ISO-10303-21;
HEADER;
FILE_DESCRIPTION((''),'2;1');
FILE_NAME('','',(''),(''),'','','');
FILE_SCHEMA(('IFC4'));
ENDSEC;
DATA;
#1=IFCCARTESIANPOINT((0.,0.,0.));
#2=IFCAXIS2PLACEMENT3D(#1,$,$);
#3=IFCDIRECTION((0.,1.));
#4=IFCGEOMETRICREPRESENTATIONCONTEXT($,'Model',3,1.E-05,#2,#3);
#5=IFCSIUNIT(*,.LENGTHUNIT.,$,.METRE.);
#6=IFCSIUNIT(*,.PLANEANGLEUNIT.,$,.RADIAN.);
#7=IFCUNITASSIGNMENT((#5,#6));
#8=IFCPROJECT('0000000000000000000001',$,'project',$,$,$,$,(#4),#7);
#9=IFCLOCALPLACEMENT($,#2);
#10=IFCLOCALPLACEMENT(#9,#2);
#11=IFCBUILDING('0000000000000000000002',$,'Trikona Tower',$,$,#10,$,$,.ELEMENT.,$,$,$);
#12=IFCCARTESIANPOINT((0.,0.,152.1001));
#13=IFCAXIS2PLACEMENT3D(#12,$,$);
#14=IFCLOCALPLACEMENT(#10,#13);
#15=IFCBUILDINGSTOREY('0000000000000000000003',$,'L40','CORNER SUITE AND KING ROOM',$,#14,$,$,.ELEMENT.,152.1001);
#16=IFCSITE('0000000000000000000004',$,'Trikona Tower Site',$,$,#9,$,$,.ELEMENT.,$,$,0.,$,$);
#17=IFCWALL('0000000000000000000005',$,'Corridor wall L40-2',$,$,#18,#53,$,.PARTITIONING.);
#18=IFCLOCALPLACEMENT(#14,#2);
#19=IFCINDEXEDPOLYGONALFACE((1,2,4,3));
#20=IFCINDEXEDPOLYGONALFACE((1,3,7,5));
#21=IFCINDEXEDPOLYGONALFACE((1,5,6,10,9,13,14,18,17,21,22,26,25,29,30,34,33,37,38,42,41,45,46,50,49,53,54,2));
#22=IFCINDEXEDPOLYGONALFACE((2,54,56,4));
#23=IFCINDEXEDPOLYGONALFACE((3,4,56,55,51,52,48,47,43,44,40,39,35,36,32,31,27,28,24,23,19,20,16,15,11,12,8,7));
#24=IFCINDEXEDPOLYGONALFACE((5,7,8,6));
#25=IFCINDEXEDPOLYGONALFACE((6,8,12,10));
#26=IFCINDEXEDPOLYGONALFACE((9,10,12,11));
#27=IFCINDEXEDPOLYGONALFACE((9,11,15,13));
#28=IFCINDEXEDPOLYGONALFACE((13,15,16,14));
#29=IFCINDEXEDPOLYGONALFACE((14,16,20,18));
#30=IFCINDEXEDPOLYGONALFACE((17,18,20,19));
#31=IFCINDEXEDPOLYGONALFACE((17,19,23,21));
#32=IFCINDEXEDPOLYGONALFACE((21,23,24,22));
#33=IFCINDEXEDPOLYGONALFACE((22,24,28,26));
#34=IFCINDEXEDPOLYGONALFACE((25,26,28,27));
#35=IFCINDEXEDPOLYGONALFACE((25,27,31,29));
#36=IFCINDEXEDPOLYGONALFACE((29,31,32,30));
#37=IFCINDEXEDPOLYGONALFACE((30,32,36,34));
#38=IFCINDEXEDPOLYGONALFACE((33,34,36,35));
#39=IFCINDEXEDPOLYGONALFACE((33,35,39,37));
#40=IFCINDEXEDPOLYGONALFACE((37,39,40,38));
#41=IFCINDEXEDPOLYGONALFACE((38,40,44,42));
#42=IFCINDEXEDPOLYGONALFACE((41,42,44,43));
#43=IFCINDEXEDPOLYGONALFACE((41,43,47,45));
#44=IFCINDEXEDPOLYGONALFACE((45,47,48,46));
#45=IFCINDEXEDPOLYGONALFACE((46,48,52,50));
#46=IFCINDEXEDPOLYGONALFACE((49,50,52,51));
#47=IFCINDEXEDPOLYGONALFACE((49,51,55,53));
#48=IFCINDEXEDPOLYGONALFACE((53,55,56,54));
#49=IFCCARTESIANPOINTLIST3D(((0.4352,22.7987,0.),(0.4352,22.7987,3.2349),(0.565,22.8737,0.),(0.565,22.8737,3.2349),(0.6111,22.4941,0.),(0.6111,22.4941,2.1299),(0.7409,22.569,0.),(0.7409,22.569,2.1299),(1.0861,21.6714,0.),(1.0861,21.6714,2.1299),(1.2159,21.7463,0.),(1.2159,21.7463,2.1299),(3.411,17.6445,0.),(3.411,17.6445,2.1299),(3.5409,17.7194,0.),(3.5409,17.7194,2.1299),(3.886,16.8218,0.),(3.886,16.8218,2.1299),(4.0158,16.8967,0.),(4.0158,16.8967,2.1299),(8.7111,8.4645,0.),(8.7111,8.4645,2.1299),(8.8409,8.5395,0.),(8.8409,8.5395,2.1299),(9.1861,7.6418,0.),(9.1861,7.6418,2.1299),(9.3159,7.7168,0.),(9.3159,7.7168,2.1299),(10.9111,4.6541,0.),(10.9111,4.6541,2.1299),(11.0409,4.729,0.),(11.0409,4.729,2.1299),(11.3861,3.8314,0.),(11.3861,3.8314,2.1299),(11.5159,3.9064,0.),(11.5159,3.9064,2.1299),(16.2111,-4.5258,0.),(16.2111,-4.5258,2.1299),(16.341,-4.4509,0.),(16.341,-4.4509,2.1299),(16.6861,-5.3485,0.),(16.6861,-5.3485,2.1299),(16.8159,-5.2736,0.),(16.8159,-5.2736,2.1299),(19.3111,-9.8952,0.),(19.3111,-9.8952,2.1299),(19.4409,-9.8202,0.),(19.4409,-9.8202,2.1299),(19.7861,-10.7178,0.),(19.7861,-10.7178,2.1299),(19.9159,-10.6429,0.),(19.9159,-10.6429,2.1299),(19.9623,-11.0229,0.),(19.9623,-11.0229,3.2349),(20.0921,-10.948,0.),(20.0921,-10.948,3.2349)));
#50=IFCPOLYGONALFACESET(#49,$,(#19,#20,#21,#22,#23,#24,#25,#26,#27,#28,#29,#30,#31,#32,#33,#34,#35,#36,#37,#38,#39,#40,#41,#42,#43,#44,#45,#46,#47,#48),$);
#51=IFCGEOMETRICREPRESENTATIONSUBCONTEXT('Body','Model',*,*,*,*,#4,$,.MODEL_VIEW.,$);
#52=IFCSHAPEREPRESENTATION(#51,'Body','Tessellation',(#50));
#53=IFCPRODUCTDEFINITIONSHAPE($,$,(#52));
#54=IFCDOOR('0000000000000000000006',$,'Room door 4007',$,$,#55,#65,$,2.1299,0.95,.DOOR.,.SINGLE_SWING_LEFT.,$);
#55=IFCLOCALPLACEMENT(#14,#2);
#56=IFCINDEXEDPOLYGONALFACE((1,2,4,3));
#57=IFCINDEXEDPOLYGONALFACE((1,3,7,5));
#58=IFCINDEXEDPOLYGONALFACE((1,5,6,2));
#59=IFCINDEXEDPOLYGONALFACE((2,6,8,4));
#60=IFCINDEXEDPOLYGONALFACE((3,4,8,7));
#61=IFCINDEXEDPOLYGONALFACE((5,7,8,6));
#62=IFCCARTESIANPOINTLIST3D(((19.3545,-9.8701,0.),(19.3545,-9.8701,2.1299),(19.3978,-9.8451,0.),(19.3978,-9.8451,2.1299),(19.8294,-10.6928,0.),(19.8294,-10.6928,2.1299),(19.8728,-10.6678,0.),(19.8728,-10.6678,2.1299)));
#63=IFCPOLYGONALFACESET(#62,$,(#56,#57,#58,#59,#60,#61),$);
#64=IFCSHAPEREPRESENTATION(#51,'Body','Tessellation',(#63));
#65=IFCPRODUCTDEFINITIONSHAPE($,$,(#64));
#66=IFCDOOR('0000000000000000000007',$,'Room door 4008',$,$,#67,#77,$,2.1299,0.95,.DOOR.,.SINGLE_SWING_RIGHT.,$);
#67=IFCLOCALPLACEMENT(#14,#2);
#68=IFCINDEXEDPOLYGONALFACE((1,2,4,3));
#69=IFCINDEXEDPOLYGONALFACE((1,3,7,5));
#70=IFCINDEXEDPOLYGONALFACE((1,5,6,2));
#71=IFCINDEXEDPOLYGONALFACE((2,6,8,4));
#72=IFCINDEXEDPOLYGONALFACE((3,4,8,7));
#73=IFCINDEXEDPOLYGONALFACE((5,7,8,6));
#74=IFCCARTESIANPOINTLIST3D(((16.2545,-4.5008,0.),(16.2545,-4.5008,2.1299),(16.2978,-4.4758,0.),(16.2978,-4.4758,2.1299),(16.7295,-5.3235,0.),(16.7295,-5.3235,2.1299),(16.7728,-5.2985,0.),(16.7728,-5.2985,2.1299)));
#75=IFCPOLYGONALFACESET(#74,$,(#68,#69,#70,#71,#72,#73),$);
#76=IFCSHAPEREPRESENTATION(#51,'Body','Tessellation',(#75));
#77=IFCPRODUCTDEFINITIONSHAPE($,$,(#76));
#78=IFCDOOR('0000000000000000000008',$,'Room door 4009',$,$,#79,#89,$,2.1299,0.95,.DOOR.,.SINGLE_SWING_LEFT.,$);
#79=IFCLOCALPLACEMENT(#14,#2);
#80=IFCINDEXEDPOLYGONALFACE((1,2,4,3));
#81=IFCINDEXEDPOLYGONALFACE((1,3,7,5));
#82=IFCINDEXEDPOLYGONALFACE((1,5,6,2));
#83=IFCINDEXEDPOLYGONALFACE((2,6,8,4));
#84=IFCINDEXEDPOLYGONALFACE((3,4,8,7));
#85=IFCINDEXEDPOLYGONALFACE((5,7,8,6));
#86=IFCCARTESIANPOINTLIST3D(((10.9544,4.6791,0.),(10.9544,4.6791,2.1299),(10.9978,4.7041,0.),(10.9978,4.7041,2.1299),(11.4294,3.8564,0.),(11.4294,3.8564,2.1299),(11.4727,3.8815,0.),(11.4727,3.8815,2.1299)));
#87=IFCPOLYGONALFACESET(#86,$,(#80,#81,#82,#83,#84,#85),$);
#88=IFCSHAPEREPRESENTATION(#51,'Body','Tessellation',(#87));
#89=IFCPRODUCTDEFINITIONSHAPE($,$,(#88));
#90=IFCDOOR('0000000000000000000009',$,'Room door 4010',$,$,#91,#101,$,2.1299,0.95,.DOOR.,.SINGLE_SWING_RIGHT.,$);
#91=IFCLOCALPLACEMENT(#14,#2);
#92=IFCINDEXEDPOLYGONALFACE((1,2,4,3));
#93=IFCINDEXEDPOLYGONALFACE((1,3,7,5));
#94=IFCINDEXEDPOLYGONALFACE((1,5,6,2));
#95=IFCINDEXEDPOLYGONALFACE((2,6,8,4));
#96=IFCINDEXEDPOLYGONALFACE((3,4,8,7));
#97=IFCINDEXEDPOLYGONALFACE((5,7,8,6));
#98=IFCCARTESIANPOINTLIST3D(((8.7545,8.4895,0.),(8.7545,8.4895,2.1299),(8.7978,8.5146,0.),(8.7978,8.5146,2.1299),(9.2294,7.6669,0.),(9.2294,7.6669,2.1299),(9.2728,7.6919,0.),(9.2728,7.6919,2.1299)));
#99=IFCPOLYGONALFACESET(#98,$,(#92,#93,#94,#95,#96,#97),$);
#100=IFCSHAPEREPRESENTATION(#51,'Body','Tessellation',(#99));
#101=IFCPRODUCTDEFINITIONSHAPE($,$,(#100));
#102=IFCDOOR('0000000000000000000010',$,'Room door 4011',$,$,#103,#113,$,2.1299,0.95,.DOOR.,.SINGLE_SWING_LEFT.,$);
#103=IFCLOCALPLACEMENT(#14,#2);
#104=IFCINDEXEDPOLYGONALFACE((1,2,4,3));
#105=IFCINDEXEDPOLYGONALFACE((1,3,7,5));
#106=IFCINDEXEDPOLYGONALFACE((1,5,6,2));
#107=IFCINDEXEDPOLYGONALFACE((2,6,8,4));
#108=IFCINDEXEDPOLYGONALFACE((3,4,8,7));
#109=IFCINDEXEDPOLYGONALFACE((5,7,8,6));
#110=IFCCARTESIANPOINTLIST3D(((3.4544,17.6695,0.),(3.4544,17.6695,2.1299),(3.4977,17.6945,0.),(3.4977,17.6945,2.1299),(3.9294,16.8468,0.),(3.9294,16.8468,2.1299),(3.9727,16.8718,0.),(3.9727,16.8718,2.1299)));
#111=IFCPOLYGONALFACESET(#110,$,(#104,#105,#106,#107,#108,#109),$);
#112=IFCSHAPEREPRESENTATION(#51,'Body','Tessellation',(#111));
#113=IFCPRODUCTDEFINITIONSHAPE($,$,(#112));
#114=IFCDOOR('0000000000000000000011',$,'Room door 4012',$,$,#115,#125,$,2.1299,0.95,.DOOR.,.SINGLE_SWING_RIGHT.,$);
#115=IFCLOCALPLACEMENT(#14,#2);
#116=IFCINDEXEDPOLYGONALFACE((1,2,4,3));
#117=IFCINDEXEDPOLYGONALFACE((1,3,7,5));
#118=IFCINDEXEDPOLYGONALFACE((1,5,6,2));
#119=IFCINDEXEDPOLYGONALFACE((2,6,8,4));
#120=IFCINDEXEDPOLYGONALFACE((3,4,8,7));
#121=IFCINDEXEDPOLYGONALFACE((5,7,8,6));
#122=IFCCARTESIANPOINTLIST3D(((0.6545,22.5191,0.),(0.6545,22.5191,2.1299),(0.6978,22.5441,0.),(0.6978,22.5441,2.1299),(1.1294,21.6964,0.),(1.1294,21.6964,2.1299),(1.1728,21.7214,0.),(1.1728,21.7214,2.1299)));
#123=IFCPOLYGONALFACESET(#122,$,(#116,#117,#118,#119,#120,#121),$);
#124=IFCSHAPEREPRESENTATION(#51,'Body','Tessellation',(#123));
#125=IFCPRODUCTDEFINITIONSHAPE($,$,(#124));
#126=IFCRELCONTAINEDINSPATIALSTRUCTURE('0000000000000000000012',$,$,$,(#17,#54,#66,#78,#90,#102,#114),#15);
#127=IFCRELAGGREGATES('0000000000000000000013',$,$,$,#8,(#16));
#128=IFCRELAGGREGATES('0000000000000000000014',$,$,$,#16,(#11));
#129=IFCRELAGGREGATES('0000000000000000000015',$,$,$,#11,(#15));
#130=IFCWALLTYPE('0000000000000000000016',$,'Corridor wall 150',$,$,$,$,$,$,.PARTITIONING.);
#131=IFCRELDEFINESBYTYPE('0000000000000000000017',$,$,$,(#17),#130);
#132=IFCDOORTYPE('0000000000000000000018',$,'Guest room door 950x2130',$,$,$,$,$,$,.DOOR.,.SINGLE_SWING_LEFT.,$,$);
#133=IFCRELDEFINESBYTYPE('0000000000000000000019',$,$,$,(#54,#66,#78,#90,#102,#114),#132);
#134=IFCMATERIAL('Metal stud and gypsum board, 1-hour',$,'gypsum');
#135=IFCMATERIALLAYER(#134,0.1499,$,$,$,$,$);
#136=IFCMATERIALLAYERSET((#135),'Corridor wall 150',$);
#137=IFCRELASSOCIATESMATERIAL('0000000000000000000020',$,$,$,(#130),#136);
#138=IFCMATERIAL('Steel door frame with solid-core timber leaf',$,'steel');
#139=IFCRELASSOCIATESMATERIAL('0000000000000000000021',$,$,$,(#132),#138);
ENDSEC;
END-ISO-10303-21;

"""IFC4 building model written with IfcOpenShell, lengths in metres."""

from ifc_helpers import new_model, si_unit, direction, frame, frame_2d, origin, place, context, subcontext, project, spatial, rectangle, extrude, material, layer, layer_set, type_object, element, fill, save


model = new_model("IFC4")

# Units and contexts
model_context = context("Model", 3, precision=1e-05, world=origin(), true_north=direction((0.0, 1.0)))
body_context = subcontext(model_context, "Body", "Model", "MODEL_VIEW")
ifc_project = project(units=[si_unit("LENGTHUNIT", "METRE"), si_unit("PLANEANGLEUNIT", "RADIAN")], contexts=[model_context])

# Site, building, storey
site_placement = place(None, origin())
site = spatial("IfcSite", under=ifc_project, at=site_placement, Name="Trikona Tower Site", CompositionType="ELEMENT", RefElevation=0.0)
building_placement = place(site_placement, origin())
building = spatial("IfcBuilding", under=site, at=building_placement, Name="Trikona Tower", CompositionType="ELEMENT")
storey_placement = place(building_placement, frame((0.0, 0.0, 152.1001)))
storey = spatial("IfcBuildingStorey", under=building, at=storey_placement, Name="L40", Description="CORNER SUITE AND KING ROOM", CompositionType="ELEMENT", Elevation=152.1001)

# Wall, openings, doors
ifc_material_1 = material(Name="Metal stud and gypsum board, 1-hour", Category="gypsum")
ifc_layer_1 = layer(ifc_material_1, 0.1499)
ifc_layer_set_1 = layer_set([ifc_layer_1], Name="Corridor wall 150")
wall_type_1 = type_object("IfcWallType", Name="Corridor wall 150", PredefinedType="PARTITIONING", material=ifc_layer_set_1)
wall_1_placement = place(storey_placement, frame((20.0271, -10.9854, 0.0), z_axis=(0.0, 0.0, 1.0), x_axis=(-0.500002, 0.866024, 0.0)))
wall_1 = element("IfcWall", 1, at=wall_1_placement, inside=storey, type_object=wall_type_1, Name="Corridor wall L40-2", PredefinedType="PARTITIONING", context=body_context, shape_type="SweptSolid", body=[
    extrude(rectangle(XDim=39.054, YDim=0.1499, at=frame_2d((19.5269, 0.0))), origin(), (0.0, 0.0, 1.0), 3.2349),
])
opening_1_placement = place(wall_1_placement, frame((0.3521, 0.0, 0.0)))
opening_1 = element("IfcOpeningElement", 2, at=opening_1_placement, cuts=wall_1, PredefinedType="OPENING", context=body_context, shape_type="SweptSolid", body=[
    extrude(rectangle(XDim=0.95, YDim=2.1299, at=frame_2d((0.4751, 1.0649))), frame((0.0, 0.085, 0.0), z_axis=(0.0, -1.0, 0.0), x_axis=(1.0, 0.0, 0.0)), (0.0, 0.0, 1.0), 0.1699),
])
opening_2_placement = place(wall_1_placement, frame((6.552, 0.0, 0.0)))
opening_2 = element("IfcOpeningElement", 3, at=opening_2_placement, cuts=wall_1, PredefinedType="OPENING", context=body_context, shape_type="SweptSolid", body=[
    extrude(rectangle(XDim=0.95, YDim=2.1299, at=frame_2d((0.4751, 1.0649))), frame((0.0, 0.085, 0.0), z_axis=(0.0, -1.0, 0.0), x_axis=(1.0, 0.0, 0.0)), (0.0, 0.0, 1.0), 0.1699),
])
opening_3_placement = place(wall_1_placement, frame((17.1521, 0.0, 0.0)))
opening_3 = element("IfcOpeningElement", 4, at=opening_3_placement, cuts=wall_1, PredefinedType="OPENING", context=body_context, shape_type="SweptSolid", body=[
    extrude(rectangle(XDim=0.95, YDim=2.1299, at=frame_2d((0.4751, 1.0649))), frame((0.0, 0.085, 0.0), z_axis=(0.0, -1.0, 0.0), x_axis=(1.0, 0.0, 0.0)), (0.0, 0.0, 1.0), 0.1699),
])
opening_4_placement = place(wall_1_placement, frame((21.552, 0.0, 0.0)))
opening_4 = element("IfcOpeningElement", 5, at=opening_4_placement, cuts=wall_1, PredefinedType="OPENING", context=body_context, shape_type="SweptSolid", body=[
    extrude(rectangle(XDim=0.95, YDim=2.1299, at=frame_2d((0.4751, 1.0649))), frame((0.0, 0.085, 0.0), z_axis=(0.0, -1.0, 0.0), x_axis=(1.0, 0.0, 0.0)), (0.0, 0.0, 1.0), 0.1699),
])
opening_5_placement = place(wall_1_placement, frame((32.1521, 0.0, 0.0)))
opening_5 = element("IfcOpeningElement", 6, at=opening_5_placement, cuts=wall_1, PredefinedType="OPENING", context=body_context, shape_type="SweptSolid", body=[
    extrude(rectangle(XDim=0.95, YDim=2.1299, at=frame_2d((0.4751, 1.0649))), frame((0.0, 0.085, 0.0), z_axis=(0.0, -1.0, 0.0), x_axis=(1.0, 0.0, 0.0)), (0.0, 0.0, 1.0), 0.1699),
])
opening_6_placement = place(wall_1_placement, frame((37.752, 0.0, 0.0)))
opening_6 = element("IfcOpeningElement", 7, at=opening_6_placement, cuts=wall_1, PredefinedType="OPENING", context=body_context, shape_type="SweptSolid", body=[
    extrude(rectangle(XDim=0.95, YDim=2.1299, at=frame_2d((0.4751, 1.0649))), frame((0.0, 0.085, 0.0), z_axis=(0.0, -1.0, 0.0), x_axis=(1.0, 0.0, 0.0)), (0.0, 0.0, 1.0), 0.1699),
])
ifc_material_2 = material(Name="Steel door frame with solid-core timber leaf", Category="steel")
door_type_1 = type_object("IfcDoorType", Name="Guest room door 950x2130", OperationType="SINGLE_SWING_LEFT", PredefinedType="DOOR", material=ifc_material_2)
door_1_placement = place(opening_1_placement, origin())
door_1 = element("IfcDoor", 8, at=door_1_placement, inside=storey, type_object=door_type_1, Name="Room door 4007", OperationType="SINGLE_SWING_LEFT", OverallHeight=2.1299, OverallWidth=0.95, PredefinedType="DOOR", context=body_context, shape_type="SweptSolid", body=[
    extrude(rectangle(XDim=0.95, YDim=2.1299, at=frame_2d((0.4751, 1.0649))), frame((0.0, 0.0249, 0.0), z_axis=(0.0, -1.0, 0.0), x_axis=(1.0, 0.0, 0.0)), (0.0, 0.0, 1.0), 0.05),
])
fill(opening_1, door_1)
door_2_placement = place(opening_2_placement, origin())
door_2 = element("IfcDoor", 9, at=door_2_placement, inside=storey, type_object=door_type_1, Name="Room door 4008", OperationType="SINGLE_SWING_RIGHT", OverallHeight=2.1299, OverallWidth=0.95, PredefinedType="DOOR", context=body_context, shape_type="SweptSolid", body=[
    extrude(rectangle(XDim=0.95, YDim=2.1299, at=frame_2d((0.4751, 1.0649))), frame((0.0, 0.0249, 0.0), z_axis=(0.0, -1.0, 0.0), x_axis=(1.0, 0.0, 0.0)), (0.0, 0.0, 1.0), 0.05),
])
fill(opening_2, door_2)
door_3_placement = place(opening_3_placement, origin())
door_3 = element("IfcDoor", 10, at=door_3_placement, inside=storey, type_object=door_type_1, Name="Room door 4009", OperationType="SINGLE_SWING_LEFT", OverallHeight=2.1299, OverallWidth=0.95, PredefinedType="DOOR", context=body_context, shape_type="SweptSolid", body=[
    extrude(rectangle(XDim=0.95, YDim=2.1299, at=frame_2d((0.4751, 1.0649))), frame((0.0, 0.0249, 0.0), z_axis=(0.0, -1.0, 0.0), x_axis=(1.0, 0.0, 0.0)), (0.0, 0.0, 1.0), 0.05),
])
fill(opening_3, door_3)
door_4_placement = place(opening_4_placement, origin())
door_4 = element("IfcDoor", 11, at=door_4_placement, inside=storey, type_object=door_type_1, Name="Room door 4010", OperationType="SINGLE_SWING_RIGHT", OverallHeight=2.1299, OverallWidth=0.95, PredefinedType="DOOR", context=body_context, shape_type="SweptSolid", body=[
    extrude(rectangle(XDim=0.95, YDim=2.1299, at=frame_2d((0.4751, 1.0649))), frame((0.0, 0.0249, 0.0), z_axis=(0.0, -1.0, 0.0), x_axis=(1.0, 0.0, 0.0)), (0.0, 0.0, 1.0), 0.05),
])
fill(opening_4, door_4)
door_5_placement = place(opening_5_placement, origin())
door_5 = element("IfcDoor", 12, at=door_5_placement, inside=storey, type_object=door_type_1, Name="Room door 4011", OperationType="SINGLE_SWING_LEFT", OverallHeight=2.1299, OverallWidth=0.95, PredefinedType="DOOR", context=body_context, shape_type="SweptSolid", body=[
    extrude(rectangle(XDim=0.95, YDim=2.1299, at=frame_2d((0.4751, 1.0649))), frame((0.0, 0.0249, 0.0), z_axis=(0.0, -1.0, 0.0), x_axis=(1.0, 0.0, 0.0)), (0.0, 0.0, 1.0), 0.05),
])
fill(opening_5, door_5)
door_6_placement = place(opening_6_placement, origin())
door_6 = element("IfcDoor", 13, at=door_6_placement, inside=storey, type_object=door_type_1, Name="Room door 4012", OperationType="SINGLE_SWING_RIGHT", OverallHeight=2.1299, OverallWidth=0.95, PredefinedType="DOOR", context=body_context, shape_type="SweptSolid", body=[
    extrude(rectangle(XDim=0.95, YDim=2.1299, at=frame_2d((0.4751, 1.0649))), frame((0.0, 0.0249, 0.0), z_axis=(0.0, -1.0, 0.0), x_axis=(1.0, 0.0, 0.0)), (0.0, 0.0, 1.0), 0.05),
])
fill(opening_6, door_6)

save(model, "model.ifc")
